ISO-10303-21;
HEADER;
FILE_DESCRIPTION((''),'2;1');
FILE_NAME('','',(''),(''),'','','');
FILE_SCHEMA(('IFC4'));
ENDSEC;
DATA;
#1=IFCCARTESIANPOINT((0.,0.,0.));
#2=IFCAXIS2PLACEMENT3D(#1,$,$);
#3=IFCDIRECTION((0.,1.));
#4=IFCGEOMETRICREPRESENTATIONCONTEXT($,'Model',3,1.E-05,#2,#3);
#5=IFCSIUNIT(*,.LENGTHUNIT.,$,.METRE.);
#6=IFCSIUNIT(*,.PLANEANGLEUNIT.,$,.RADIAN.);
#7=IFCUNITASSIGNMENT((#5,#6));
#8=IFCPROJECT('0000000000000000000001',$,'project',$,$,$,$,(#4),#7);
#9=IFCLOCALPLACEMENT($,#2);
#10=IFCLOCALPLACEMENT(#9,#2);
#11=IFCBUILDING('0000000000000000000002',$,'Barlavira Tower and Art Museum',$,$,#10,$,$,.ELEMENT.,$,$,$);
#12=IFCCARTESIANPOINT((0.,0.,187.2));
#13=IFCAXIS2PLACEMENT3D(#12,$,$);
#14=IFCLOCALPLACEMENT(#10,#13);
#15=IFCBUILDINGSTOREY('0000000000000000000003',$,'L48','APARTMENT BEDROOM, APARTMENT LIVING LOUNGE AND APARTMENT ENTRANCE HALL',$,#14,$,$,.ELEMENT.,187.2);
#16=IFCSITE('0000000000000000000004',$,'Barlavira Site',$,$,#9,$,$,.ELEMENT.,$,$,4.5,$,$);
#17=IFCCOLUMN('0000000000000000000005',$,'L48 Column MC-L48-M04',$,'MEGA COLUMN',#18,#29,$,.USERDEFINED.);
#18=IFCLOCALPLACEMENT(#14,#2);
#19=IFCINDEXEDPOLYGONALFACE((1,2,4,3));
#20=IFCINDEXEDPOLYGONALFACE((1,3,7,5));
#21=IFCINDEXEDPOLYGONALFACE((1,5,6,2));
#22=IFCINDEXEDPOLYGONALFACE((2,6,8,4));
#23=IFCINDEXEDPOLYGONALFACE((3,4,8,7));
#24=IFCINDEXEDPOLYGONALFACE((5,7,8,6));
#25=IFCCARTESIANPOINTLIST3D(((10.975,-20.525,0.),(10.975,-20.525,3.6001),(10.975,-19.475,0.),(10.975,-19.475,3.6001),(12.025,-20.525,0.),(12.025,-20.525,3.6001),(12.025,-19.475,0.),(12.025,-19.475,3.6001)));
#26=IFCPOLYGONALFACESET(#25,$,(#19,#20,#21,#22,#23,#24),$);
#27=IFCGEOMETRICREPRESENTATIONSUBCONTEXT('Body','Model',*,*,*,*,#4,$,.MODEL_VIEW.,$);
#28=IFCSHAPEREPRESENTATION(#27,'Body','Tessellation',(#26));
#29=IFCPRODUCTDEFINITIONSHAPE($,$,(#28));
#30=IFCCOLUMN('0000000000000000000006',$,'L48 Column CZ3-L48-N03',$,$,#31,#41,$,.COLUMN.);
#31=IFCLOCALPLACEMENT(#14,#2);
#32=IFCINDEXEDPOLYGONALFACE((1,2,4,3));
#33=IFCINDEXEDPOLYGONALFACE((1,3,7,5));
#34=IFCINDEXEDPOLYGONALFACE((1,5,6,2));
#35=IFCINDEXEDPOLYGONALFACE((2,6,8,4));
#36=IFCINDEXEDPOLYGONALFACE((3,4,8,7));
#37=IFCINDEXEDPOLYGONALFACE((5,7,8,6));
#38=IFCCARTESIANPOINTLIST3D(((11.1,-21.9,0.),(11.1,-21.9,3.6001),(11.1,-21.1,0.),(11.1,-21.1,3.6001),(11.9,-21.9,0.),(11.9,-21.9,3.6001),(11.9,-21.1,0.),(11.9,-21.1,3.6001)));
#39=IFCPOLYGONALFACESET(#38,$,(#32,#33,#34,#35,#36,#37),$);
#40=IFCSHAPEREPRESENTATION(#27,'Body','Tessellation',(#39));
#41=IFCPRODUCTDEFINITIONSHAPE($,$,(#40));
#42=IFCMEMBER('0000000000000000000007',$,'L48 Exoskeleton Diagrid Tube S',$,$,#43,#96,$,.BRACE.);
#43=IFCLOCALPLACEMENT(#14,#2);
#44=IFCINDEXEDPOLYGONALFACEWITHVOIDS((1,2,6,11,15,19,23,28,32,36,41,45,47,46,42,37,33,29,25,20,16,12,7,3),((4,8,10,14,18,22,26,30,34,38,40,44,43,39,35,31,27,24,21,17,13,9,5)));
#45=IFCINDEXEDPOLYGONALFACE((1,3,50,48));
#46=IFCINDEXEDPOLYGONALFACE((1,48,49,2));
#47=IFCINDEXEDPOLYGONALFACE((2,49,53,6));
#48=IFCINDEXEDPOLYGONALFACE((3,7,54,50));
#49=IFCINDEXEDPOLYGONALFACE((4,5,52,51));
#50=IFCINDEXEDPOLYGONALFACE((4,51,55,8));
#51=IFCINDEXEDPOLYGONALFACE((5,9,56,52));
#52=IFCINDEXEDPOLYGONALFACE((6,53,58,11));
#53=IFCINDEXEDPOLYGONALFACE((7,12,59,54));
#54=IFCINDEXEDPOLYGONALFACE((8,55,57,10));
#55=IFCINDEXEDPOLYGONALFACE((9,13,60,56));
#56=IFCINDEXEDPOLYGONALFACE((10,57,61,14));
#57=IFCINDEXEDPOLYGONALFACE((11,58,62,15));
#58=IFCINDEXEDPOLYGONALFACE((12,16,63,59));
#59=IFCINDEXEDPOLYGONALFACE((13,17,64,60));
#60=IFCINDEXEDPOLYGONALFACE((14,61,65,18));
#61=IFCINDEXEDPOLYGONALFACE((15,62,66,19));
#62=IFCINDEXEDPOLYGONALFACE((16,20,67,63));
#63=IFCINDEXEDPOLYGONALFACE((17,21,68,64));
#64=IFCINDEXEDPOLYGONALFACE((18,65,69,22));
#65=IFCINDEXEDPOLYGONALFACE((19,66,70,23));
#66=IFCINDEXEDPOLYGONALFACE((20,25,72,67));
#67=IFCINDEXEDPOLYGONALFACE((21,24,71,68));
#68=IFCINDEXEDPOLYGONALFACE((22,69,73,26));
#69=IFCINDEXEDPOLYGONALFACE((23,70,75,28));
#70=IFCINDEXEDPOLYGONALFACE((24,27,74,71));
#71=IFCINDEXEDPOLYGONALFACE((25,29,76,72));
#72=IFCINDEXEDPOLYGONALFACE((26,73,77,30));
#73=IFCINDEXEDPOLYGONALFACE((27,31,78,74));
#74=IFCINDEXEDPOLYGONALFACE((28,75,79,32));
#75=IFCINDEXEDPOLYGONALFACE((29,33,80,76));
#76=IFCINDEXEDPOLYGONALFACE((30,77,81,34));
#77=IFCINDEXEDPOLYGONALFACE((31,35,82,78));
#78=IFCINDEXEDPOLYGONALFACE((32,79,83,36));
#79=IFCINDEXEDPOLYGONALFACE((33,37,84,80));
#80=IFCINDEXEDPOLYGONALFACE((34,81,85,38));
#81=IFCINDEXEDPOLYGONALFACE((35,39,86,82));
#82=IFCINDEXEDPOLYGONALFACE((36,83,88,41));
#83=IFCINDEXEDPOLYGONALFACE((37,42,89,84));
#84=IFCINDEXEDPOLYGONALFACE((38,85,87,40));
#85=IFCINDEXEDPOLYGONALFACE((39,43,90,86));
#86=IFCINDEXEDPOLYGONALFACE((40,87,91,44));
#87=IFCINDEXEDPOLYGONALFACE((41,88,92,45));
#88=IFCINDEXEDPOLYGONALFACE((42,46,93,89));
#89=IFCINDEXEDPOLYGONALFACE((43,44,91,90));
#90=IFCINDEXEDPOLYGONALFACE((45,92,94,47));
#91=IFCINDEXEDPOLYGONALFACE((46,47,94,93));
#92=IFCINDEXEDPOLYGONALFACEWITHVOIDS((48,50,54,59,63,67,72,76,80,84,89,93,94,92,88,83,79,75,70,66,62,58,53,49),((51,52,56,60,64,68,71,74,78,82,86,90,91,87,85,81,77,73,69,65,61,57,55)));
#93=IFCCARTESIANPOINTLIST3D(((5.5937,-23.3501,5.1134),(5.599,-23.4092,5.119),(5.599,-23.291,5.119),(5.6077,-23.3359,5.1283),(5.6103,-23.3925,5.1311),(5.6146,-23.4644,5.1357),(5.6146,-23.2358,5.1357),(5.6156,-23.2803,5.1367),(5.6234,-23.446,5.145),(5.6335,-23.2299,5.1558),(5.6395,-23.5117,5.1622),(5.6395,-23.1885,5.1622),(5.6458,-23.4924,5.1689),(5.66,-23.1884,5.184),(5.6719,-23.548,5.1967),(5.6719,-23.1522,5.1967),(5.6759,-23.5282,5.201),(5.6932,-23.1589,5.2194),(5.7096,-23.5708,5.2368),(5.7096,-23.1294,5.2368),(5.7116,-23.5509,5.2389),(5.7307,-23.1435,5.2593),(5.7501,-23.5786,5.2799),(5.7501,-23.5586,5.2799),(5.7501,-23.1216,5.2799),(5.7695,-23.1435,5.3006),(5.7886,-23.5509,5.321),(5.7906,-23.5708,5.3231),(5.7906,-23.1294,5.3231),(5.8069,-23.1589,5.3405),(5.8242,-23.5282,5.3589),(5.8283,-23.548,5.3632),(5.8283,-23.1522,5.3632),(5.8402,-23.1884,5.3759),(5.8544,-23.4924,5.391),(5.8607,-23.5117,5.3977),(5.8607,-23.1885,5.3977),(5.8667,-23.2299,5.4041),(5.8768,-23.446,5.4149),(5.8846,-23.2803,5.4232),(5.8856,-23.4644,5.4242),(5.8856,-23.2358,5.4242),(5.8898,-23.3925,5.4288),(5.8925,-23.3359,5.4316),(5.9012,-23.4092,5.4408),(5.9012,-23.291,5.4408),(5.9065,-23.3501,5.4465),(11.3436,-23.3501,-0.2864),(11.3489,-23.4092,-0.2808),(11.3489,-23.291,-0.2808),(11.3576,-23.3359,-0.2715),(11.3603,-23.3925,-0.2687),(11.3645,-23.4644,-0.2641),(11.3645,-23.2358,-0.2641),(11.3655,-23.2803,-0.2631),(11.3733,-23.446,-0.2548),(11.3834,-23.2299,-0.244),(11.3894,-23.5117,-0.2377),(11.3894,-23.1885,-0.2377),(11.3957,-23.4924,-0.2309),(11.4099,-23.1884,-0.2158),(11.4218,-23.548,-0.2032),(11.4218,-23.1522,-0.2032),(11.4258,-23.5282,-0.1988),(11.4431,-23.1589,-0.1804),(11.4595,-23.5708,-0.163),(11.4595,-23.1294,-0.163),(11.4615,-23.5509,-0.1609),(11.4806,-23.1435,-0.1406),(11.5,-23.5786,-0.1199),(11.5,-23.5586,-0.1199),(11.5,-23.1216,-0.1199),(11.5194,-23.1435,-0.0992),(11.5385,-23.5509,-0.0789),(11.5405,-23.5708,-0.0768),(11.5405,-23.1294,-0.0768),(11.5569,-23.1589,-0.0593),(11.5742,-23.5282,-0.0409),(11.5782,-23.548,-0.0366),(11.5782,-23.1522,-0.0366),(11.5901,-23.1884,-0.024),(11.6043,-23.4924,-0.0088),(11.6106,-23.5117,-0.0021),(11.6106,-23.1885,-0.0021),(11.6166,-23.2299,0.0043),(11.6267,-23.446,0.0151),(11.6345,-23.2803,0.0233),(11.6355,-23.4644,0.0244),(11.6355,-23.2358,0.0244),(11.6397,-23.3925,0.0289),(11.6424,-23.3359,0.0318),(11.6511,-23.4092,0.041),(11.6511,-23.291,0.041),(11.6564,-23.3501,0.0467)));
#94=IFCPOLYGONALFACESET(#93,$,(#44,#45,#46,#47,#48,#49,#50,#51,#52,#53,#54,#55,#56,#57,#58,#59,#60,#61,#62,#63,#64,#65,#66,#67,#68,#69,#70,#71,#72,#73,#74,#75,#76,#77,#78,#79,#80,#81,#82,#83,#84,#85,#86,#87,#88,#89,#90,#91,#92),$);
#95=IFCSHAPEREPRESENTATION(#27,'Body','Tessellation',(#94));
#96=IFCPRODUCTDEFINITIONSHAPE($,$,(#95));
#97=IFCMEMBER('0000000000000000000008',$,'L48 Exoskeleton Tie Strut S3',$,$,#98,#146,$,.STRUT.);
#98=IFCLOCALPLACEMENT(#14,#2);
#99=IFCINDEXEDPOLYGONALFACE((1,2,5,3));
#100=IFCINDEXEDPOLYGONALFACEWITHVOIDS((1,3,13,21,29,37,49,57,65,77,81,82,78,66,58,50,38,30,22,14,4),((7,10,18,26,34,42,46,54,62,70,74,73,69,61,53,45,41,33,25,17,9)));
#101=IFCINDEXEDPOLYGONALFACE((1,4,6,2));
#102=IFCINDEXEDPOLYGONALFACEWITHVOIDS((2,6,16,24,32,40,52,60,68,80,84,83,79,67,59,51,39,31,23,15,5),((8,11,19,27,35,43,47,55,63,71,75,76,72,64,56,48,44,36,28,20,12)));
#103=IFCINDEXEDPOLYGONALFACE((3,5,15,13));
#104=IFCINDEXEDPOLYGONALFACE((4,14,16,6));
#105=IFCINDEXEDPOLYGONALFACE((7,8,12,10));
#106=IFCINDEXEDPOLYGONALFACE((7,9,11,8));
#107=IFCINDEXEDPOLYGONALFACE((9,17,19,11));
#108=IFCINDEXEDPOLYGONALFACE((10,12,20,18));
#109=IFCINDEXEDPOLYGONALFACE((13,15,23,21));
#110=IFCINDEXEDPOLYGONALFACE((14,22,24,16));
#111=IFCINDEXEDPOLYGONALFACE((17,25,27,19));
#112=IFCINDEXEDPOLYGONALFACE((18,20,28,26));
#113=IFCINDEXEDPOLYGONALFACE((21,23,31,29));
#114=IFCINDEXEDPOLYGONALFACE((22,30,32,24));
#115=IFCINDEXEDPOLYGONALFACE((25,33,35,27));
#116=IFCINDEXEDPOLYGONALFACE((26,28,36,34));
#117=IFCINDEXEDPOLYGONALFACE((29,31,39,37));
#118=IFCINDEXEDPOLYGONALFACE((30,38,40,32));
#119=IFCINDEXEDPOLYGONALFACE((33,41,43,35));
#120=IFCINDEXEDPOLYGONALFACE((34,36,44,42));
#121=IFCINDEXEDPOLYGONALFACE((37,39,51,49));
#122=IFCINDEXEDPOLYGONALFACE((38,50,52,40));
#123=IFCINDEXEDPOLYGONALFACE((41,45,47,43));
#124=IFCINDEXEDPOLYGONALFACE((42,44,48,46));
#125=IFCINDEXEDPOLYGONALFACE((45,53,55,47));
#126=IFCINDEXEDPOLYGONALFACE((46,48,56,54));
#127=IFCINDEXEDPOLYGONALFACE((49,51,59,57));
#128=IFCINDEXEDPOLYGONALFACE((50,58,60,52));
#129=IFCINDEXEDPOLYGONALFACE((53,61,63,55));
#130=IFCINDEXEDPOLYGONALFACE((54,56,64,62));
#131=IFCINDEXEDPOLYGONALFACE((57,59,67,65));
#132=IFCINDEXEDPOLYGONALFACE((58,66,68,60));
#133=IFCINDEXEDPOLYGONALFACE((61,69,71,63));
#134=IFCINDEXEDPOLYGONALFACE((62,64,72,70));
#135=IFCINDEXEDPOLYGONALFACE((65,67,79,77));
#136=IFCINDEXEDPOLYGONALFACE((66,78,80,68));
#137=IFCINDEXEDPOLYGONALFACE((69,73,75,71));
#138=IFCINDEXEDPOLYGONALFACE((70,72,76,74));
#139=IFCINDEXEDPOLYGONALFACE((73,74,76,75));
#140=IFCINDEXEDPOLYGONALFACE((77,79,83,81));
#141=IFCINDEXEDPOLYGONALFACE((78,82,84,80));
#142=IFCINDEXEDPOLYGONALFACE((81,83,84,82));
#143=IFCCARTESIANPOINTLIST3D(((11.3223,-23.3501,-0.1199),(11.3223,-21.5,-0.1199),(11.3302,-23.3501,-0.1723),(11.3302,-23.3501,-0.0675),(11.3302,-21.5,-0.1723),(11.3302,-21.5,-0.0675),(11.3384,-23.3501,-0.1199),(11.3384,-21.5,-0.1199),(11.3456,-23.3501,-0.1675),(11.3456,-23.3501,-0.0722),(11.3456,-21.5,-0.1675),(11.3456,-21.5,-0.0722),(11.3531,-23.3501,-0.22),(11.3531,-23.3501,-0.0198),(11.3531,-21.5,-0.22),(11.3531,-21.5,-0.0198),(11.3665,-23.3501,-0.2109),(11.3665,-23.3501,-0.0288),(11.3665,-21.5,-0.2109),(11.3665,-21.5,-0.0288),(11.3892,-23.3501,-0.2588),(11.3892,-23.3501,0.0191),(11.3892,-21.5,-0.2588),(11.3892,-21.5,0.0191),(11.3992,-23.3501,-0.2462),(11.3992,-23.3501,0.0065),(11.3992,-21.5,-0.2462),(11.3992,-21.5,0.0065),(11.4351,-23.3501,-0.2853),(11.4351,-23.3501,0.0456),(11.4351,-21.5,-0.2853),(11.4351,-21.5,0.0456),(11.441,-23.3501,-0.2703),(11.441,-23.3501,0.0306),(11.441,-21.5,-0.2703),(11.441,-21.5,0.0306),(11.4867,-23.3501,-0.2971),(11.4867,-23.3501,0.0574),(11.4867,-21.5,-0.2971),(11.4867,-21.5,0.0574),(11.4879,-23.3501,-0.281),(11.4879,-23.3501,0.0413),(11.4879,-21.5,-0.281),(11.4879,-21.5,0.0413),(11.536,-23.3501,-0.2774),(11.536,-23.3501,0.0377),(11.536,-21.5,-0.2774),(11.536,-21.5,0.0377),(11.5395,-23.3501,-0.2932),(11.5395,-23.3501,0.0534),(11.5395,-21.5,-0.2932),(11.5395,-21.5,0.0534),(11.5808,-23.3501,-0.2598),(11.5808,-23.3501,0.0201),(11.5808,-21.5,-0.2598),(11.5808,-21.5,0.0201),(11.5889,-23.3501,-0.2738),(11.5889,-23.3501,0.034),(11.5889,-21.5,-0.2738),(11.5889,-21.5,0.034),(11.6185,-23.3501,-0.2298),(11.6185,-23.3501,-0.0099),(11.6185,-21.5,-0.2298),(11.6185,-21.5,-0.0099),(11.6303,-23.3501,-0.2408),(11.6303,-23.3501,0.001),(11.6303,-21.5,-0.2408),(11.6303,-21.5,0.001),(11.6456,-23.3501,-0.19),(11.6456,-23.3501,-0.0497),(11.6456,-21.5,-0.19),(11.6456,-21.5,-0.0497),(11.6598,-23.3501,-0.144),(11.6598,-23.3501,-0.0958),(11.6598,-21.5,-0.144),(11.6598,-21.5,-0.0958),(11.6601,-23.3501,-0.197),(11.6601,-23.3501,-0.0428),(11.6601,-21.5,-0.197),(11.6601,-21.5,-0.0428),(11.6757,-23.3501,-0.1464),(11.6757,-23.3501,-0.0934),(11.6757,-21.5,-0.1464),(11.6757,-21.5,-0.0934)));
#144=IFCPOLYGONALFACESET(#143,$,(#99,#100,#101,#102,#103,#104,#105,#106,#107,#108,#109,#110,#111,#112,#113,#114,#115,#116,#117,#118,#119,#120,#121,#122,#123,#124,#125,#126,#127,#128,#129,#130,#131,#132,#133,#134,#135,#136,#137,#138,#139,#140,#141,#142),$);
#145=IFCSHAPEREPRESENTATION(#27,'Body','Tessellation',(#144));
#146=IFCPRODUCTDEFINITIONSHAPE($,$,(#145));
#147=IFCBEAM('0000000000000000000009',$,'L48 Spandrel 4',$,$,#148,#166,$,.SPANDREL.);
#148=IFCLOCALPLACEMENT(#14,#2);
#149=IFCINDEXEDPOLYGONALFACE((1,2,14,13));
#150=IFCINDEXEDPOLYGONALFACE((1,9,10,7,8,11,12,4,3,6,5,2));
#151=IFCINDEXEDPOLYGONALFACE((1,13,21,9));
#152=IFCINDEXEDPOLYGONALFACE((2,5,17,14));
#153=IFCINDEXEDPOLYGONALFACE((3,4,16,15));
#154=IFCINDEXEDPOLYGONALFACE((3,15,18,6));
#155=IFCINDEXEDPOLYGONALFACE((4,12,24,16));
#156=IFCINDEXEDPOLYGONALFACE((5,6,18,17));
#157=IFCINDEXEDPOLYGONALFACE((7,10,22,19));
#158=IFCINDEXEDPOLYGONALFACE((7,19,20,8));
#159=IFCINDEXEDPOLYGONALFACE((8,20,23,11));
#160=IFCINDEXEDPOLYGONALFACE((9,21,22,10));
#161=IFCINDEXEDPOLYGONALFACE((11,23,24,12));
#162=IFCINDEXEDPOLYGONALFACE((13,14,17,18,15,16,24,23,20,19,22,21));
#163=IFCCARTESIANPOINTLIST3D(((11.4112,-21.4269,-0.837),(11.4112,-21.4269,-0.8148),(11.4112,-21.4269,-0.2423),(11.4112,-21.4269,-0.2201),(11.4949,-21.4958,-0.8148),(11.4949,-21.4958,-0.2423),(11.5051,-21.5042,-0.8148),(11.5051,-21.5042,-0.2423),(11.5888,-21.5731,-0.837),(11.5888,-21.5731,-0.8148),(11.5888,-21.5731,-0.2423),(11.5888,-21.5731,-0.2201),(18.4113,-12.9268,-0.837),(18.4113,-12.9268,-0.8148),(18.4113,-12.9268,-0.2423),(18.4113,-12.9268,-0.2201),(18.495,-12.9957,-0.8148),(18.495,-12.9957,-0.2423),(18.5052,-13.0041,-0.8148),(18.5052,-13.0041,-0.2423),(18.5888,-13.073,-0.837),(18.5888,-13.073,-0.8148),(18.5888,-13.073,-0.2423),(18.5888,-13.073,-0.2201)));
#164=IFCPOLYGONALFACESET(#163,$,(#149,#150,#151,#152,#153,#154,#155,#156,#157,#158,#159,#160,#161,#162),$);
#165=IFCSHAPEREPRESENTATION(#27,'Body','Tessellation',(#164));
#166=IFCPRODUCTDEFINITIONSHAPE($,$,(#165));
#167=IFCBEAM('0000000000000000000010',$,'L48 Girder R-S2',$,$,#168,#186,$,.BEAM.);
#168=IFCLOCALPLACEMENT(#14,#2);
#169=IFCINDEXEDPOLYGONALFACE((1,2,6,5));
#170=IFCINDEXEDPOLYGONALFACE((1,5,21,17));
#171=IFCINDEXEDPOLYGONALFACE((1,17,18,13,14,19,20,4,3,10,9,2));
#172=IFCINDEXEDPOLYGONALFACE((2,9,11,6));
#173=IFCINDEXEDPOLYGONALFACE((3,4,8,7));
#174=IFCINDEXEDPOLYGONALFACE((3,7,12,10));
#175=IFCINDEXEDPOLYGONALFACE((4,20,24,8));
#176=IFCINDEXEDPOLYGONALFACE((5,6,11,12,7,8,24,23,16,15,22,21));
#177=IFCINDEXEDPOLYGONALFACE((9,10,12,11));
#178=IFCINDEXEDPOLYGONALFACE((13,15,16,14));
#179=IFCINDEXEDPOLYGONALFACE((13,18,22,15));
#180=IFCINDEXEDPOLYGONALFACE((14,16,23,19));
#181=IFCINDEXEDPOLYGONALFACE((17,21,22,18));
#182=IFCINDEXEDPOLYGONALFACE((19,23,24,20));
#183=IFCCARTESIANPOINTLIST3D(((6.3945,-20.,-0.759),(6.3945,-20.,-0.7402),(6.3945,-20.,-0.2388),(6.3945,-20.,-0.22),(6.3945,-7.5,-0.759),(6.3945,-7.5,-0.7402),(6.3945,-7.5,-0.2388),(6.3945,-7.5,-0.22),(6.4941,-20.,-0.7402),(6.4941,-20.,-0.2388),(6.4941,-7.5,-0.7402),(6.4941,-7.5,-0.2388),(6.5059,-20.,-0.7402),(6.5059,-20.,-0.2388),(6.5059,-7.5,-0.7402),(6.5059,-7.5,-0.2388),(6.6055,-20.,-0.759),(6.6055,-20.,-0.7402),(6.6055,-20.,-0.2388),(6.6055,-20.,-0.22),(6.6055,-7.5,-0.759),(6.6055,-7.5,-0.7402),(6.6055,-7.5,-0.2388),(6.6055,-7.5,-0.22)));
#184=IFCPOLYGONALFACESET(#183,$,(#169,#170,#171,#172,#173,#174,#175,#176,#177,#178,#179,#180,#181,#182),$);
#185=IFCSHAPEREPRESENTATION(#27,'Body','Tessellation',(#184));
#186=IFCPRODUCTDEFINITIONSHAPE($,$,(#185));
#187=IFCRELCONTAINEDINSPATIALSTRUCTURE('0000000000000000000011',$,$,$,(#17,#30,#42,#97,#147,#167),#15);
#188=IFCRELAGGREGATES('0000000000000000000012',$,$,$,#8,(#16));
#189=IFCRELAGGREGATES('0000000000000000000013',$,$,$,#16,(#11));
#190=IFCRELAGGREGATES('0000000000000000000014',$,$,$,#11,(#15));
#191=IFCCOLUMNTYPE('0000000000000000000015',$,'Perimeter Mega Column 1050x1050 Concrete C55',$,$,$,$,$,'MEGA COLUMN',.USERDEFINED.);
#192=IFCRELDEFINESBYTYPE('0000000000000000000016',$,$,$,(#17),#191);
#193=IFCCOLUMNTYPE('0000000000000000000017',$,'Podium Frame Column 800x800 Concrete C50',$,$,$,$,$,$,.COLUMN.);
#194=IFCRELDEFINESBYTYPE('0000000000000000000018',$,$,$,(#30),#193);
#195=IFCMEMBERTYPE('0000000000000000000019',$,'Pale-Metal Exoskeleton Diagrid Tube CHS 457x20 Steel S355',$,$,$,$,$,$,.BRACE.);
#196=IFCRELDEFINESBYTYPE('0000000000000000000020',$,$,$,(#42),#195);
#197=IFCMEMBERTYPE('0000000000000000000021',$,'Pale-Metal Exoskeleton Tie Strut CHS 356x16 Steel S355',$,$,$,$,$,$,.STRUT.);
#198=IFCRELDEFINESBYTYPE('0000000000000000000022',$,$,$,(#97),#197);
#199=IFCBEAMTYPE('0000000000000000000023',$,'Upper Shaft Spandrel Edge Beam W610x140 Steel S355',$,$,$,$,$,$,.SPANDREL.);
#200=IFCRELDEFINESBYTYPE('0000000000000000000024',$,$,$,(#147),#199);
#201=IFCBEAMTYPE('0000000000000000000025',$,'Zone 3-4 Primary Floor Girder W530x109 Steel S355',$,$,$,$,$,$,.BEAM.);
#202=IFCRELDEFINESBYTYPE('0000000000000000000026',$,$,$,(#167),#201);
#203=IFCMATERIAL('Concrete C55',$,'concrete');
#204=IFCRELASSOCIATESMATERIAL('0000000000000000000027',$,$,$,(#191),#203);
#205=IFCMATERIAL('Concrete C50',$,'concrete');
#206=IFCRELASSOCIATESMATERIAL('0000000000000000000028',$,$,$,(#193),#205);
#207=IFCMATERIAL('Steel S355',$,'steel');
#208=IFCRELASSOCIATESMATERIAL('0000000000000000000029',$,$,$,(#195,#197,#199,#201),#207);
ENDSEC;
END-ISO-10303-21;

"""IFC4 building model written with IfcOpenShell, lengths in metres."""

from ifc_helpers import new_model, si_unit, direction, frame, origin, origin_2d, place, context, subcontext, project, spatial, rectangle, hollow_circle, i_section, extrude, material, material_profile, profile_set, type_object, element, save


model = new_model("IFC4")

# Units and contexts
model_context = context("Model", 3, precision=1e-05, world=origin(), true_north=direction((0.0, 1.0)))
body_context = subcontext(model_context, "Body", "Model", "MODEL_VIEW")
ifc_project = project(units=[si_unit("LENGTHUNIT", "METRE"), si_unit("PLANEANGLEUNIT", "RADIAN")], contexts=[model_context])

# Site, building, storey
site_placement = place(None, origin())
site = spatial("IfcSite", under=ifc_project, at=site_placement, Name="Barlavira Site", CompositionType="ELEMENT", RefElevation=4.5)
building_placement = place(site_placement, origin())
building = spatial("IfcBuilding", under=site, at=building_placement, Name="Barlavira Tower and Art Museum", CompositionType="ELEMENT")
storey_placement = place(building_placement, frame((0.0, 0.0, 187.2)))
storey = spatial("IfcBuildingStorey", under=building, at=storey_placement, Name="L48", Description="APARTMENT BEDROOM, APARTMENT LIVING LOUNGE AND APARTMENT ENTRANCE HALL", CompositionType="ELEMENT", Elevation=187.2)

# Columns
ifc_material_1 = material(Name="Concrete C55", Category="concrete")
ifc_material_profile_1 = material_profile(ifc_material_1, rectangle(XDim=1.05, YDim=1.05, at=origin_2d()), Name="RC-COL 1050x1050")
ifc_profile_set_1 = profile_set([ifc_material_profile_1], Name="Concrete C55")
column_type_1 = type_object("IfcColumnType", Name="Perimeter Mega Column 1050x1050 Concrete C55", ElementType="MEGA COLUMN", PredefinedType="USERDEFINED", material=ifc_profile_set_1)
column_1_placement = place(storey_placement, frame((11.5, -20.0, 0.0), z_axis=(0.0, 0.0, 1.0), x_axis=(1.0, 0.0, 0.0)))
element("IfcColumn", 1, at=column_1_placement, inside=storey, type_object=column_type_1, Name="L48 Column MC-L48-M04", ObjectType="MEGA COLUMN", PredefinedType="USERDEFINED", context=body_context, shape_type="SweptSolid", body=[
    extrude(rectangle(XDim=1.05, YDim=1.05, at=origin_2d()), origin(), (0.0, 0.0, 1.0), 3.6001),
])
ifc_material_2 = material(Name="Concrete C50", Category="concrete")
ifc_material_profile_2 = material_profile(ifc_material_2, rectangle(XDim=0.8, YDim=0.8, at=origin_2d()), Name="RC-COL 800x800")
ifc_profile_set_2 = profile_set([ifc_material_profile_2], Name="Concrete C50")
column_type_2 = type_object("IfcColumnType", Name="Podium Frame Column 800x800 Concrete C50", PredefinedType="COLUMN", material=ifc_profile_set_2)
column_2_placement = place(storey_placement, frame((11.5, -21.5, 0.0), z_axis=(0.0, 0.0, 1.0), x_axis=(1.0, 0.0, 0.0)))
element("IfcColumn", 2, at=column_2_placement, inside=storey, type_object=column_type_2, Name="L48 Column CZ3-L48-N03", PredefinedType="COLUMN", context=body_context, shape_type="SweptSolid", body=[
    extrude(rectangle(XDim=0.8, YDim=0.8, at=origin_2d()), origin(), (0.0, 0.0, 1.0), 3.6001),
])

# Members
ifc_material_3 = material(Name="Steel S355", Category="steel")
ifc_material_profile_3 = material_profile(ifc_material_3, hollow_circle(Radius=0.2285, WallThickness=0.02, at=origin_2d()), Name="CHS 457.0x20.0")
ifc_profile_set_3 = profile_set([ifc_material_profile_3], Name="Steel S355")
member_type_1 = type_object("IfcMemberType", Name="Pale-Metal Exoskeleton Diagrid Tube CHS 457x20 Steel S355", PredefinedType="BRACE", material=ifc_profile_set_3)
member_1_placement = place(storey_placement, frame((11.5, -23.3501, -0.1199), z_axis=(-0.72895, 0.0, 0.684567), x_axis=(0.0, -1.0, 0.0)))
element("IfcMember", 3, at=member_1_placement, inside=storey, type_object=member_type_1, Name="L48 Exoskeleton Diagrid Tube S", PredefinedType="BRACE", context=body_context, shape_type="SweptSolid", body=[
    extrude(hollow_circle(Radius=0.2285, WallThickness=0.02, at=origin_2d()), origin(), (0.0, 0.0, 1.0), 7.8879),
])
ifc_material_profile_4 = material_profile(ifc_material_3, hollow_circle(Radius=0.1777, WallThickness=0.0161, at=origin_2d()), Name="CHS 355.6x16.0")
ifc_profile_set_4 = profile_set([ifc_material_profile_4], Name="Steel S355")
member_type_2 = type_object("IfcMemberType", Name="Pale-Metal Exoskeleton Tie Strut CHS 356x16 Steel S355", PredefinedType="STRUT", material=ifc_profile_set_4)
member_2_placement = place(storey_placement, frame((11.5, -23.3501, -0.1199), z_axis=(0.0, 1.0, 0.0), x_axis=(-1.0, 0.0, 0.0)))
element("IfcMember", 4, at=member_2_placement, inside=storey, type_object=member_type_2, Name="L48 Exoskeleton Tie Strut S3", PredefinedType="STRUT", context=body_context, shape_type="SweptSolid", body=[
    extrude(hollow_circle(Radius=0.1777, WallThickness=0.0161, at=origin_2d()), origin(), (0.0, 0.0, 1.0), 1.8501),
])

# Beams
ifc_material_profile_5 = material_profile(ifc_material_3, i_section(OverallWidth=0.23, OverallDepth=0.6169, WebThickness=0.0132, FlangeThickness=0.0222, at=origin_2d()), Name="W610x140.0")
ifc_profile_set_5 = profile_set([ifc_material_profile_5], Name="Steel S355")
beam_type_1 = type_object("IfcBeamType", Name="Upper Shaft Spandrel Edge Beam W610x140 Steel S355", PredefinedType="SPANDREL", material=ifc_profile_set_5)
beam_1_placement = place(storey_placement, frame((11.5, -21.5, -0.5286), z_axis=(0.635707, 0.77193, 0.0), x_axis=(-0.77193, 0.635707, 0.0)))
element("IfcBeam", 5, at=beam_1_placement, inside=storey, type_object=beam_type_1, Name="L48 Spandrel 4", PredefinedType="SPANDREL", context=body_context, shape_type="SweptSolid", body=[
    extrude(i_section(OverallWidth=0.23, OverallDepth=0.6169, WebThickness=0.0132, FlangeThickness=0.0222, at=origin_2d()), origin(), (0.0, 0.0, 1.0), 11.0115),
])
ifc_material_profile_6 = material_profile(ifc_material_3, i_section(OverallWidth=0.2109, OverallDepth=0.5391, WebThickness=0.0117, FlangeThickness=0.0188, at=origin_2d()), Name="W530x109.0")
ifc_profile_set_6 = profile_set([ifc_material_profile_6], Name="Steel S355")
beam_type_2 = type_object("IfcBeamType", Name="Zone 3-4 Primary Floor Girder W530x109 Steel S355", PredefinedType="BEAM", material=ifc_profile_set_6)
beam_2_placement = place(storey_placement, frame((6.5, -20.0, -0.4895), z_axis=(0.0, 1.0, 0.0), x_axis=(-1.0, 0.0, 0.0)))
element("IfcBeam", 6, at=beam_2_placement, inside=storey, type_object=beam_type_2, Name="L48 Girder R-S2", PredefinedType="BEAM", context=body_context, shape_type="SweptSolid", body=[
    extrude(i_section(OverallWidth=0.2109, OverallDepth=0.5391, WebThickness=0.0117, FlangeThickness=0.0188, at=origin_2d()), origin(), (0.0, 0.0, 1.0), 12.5),
])

save(model, "model.ifc")
